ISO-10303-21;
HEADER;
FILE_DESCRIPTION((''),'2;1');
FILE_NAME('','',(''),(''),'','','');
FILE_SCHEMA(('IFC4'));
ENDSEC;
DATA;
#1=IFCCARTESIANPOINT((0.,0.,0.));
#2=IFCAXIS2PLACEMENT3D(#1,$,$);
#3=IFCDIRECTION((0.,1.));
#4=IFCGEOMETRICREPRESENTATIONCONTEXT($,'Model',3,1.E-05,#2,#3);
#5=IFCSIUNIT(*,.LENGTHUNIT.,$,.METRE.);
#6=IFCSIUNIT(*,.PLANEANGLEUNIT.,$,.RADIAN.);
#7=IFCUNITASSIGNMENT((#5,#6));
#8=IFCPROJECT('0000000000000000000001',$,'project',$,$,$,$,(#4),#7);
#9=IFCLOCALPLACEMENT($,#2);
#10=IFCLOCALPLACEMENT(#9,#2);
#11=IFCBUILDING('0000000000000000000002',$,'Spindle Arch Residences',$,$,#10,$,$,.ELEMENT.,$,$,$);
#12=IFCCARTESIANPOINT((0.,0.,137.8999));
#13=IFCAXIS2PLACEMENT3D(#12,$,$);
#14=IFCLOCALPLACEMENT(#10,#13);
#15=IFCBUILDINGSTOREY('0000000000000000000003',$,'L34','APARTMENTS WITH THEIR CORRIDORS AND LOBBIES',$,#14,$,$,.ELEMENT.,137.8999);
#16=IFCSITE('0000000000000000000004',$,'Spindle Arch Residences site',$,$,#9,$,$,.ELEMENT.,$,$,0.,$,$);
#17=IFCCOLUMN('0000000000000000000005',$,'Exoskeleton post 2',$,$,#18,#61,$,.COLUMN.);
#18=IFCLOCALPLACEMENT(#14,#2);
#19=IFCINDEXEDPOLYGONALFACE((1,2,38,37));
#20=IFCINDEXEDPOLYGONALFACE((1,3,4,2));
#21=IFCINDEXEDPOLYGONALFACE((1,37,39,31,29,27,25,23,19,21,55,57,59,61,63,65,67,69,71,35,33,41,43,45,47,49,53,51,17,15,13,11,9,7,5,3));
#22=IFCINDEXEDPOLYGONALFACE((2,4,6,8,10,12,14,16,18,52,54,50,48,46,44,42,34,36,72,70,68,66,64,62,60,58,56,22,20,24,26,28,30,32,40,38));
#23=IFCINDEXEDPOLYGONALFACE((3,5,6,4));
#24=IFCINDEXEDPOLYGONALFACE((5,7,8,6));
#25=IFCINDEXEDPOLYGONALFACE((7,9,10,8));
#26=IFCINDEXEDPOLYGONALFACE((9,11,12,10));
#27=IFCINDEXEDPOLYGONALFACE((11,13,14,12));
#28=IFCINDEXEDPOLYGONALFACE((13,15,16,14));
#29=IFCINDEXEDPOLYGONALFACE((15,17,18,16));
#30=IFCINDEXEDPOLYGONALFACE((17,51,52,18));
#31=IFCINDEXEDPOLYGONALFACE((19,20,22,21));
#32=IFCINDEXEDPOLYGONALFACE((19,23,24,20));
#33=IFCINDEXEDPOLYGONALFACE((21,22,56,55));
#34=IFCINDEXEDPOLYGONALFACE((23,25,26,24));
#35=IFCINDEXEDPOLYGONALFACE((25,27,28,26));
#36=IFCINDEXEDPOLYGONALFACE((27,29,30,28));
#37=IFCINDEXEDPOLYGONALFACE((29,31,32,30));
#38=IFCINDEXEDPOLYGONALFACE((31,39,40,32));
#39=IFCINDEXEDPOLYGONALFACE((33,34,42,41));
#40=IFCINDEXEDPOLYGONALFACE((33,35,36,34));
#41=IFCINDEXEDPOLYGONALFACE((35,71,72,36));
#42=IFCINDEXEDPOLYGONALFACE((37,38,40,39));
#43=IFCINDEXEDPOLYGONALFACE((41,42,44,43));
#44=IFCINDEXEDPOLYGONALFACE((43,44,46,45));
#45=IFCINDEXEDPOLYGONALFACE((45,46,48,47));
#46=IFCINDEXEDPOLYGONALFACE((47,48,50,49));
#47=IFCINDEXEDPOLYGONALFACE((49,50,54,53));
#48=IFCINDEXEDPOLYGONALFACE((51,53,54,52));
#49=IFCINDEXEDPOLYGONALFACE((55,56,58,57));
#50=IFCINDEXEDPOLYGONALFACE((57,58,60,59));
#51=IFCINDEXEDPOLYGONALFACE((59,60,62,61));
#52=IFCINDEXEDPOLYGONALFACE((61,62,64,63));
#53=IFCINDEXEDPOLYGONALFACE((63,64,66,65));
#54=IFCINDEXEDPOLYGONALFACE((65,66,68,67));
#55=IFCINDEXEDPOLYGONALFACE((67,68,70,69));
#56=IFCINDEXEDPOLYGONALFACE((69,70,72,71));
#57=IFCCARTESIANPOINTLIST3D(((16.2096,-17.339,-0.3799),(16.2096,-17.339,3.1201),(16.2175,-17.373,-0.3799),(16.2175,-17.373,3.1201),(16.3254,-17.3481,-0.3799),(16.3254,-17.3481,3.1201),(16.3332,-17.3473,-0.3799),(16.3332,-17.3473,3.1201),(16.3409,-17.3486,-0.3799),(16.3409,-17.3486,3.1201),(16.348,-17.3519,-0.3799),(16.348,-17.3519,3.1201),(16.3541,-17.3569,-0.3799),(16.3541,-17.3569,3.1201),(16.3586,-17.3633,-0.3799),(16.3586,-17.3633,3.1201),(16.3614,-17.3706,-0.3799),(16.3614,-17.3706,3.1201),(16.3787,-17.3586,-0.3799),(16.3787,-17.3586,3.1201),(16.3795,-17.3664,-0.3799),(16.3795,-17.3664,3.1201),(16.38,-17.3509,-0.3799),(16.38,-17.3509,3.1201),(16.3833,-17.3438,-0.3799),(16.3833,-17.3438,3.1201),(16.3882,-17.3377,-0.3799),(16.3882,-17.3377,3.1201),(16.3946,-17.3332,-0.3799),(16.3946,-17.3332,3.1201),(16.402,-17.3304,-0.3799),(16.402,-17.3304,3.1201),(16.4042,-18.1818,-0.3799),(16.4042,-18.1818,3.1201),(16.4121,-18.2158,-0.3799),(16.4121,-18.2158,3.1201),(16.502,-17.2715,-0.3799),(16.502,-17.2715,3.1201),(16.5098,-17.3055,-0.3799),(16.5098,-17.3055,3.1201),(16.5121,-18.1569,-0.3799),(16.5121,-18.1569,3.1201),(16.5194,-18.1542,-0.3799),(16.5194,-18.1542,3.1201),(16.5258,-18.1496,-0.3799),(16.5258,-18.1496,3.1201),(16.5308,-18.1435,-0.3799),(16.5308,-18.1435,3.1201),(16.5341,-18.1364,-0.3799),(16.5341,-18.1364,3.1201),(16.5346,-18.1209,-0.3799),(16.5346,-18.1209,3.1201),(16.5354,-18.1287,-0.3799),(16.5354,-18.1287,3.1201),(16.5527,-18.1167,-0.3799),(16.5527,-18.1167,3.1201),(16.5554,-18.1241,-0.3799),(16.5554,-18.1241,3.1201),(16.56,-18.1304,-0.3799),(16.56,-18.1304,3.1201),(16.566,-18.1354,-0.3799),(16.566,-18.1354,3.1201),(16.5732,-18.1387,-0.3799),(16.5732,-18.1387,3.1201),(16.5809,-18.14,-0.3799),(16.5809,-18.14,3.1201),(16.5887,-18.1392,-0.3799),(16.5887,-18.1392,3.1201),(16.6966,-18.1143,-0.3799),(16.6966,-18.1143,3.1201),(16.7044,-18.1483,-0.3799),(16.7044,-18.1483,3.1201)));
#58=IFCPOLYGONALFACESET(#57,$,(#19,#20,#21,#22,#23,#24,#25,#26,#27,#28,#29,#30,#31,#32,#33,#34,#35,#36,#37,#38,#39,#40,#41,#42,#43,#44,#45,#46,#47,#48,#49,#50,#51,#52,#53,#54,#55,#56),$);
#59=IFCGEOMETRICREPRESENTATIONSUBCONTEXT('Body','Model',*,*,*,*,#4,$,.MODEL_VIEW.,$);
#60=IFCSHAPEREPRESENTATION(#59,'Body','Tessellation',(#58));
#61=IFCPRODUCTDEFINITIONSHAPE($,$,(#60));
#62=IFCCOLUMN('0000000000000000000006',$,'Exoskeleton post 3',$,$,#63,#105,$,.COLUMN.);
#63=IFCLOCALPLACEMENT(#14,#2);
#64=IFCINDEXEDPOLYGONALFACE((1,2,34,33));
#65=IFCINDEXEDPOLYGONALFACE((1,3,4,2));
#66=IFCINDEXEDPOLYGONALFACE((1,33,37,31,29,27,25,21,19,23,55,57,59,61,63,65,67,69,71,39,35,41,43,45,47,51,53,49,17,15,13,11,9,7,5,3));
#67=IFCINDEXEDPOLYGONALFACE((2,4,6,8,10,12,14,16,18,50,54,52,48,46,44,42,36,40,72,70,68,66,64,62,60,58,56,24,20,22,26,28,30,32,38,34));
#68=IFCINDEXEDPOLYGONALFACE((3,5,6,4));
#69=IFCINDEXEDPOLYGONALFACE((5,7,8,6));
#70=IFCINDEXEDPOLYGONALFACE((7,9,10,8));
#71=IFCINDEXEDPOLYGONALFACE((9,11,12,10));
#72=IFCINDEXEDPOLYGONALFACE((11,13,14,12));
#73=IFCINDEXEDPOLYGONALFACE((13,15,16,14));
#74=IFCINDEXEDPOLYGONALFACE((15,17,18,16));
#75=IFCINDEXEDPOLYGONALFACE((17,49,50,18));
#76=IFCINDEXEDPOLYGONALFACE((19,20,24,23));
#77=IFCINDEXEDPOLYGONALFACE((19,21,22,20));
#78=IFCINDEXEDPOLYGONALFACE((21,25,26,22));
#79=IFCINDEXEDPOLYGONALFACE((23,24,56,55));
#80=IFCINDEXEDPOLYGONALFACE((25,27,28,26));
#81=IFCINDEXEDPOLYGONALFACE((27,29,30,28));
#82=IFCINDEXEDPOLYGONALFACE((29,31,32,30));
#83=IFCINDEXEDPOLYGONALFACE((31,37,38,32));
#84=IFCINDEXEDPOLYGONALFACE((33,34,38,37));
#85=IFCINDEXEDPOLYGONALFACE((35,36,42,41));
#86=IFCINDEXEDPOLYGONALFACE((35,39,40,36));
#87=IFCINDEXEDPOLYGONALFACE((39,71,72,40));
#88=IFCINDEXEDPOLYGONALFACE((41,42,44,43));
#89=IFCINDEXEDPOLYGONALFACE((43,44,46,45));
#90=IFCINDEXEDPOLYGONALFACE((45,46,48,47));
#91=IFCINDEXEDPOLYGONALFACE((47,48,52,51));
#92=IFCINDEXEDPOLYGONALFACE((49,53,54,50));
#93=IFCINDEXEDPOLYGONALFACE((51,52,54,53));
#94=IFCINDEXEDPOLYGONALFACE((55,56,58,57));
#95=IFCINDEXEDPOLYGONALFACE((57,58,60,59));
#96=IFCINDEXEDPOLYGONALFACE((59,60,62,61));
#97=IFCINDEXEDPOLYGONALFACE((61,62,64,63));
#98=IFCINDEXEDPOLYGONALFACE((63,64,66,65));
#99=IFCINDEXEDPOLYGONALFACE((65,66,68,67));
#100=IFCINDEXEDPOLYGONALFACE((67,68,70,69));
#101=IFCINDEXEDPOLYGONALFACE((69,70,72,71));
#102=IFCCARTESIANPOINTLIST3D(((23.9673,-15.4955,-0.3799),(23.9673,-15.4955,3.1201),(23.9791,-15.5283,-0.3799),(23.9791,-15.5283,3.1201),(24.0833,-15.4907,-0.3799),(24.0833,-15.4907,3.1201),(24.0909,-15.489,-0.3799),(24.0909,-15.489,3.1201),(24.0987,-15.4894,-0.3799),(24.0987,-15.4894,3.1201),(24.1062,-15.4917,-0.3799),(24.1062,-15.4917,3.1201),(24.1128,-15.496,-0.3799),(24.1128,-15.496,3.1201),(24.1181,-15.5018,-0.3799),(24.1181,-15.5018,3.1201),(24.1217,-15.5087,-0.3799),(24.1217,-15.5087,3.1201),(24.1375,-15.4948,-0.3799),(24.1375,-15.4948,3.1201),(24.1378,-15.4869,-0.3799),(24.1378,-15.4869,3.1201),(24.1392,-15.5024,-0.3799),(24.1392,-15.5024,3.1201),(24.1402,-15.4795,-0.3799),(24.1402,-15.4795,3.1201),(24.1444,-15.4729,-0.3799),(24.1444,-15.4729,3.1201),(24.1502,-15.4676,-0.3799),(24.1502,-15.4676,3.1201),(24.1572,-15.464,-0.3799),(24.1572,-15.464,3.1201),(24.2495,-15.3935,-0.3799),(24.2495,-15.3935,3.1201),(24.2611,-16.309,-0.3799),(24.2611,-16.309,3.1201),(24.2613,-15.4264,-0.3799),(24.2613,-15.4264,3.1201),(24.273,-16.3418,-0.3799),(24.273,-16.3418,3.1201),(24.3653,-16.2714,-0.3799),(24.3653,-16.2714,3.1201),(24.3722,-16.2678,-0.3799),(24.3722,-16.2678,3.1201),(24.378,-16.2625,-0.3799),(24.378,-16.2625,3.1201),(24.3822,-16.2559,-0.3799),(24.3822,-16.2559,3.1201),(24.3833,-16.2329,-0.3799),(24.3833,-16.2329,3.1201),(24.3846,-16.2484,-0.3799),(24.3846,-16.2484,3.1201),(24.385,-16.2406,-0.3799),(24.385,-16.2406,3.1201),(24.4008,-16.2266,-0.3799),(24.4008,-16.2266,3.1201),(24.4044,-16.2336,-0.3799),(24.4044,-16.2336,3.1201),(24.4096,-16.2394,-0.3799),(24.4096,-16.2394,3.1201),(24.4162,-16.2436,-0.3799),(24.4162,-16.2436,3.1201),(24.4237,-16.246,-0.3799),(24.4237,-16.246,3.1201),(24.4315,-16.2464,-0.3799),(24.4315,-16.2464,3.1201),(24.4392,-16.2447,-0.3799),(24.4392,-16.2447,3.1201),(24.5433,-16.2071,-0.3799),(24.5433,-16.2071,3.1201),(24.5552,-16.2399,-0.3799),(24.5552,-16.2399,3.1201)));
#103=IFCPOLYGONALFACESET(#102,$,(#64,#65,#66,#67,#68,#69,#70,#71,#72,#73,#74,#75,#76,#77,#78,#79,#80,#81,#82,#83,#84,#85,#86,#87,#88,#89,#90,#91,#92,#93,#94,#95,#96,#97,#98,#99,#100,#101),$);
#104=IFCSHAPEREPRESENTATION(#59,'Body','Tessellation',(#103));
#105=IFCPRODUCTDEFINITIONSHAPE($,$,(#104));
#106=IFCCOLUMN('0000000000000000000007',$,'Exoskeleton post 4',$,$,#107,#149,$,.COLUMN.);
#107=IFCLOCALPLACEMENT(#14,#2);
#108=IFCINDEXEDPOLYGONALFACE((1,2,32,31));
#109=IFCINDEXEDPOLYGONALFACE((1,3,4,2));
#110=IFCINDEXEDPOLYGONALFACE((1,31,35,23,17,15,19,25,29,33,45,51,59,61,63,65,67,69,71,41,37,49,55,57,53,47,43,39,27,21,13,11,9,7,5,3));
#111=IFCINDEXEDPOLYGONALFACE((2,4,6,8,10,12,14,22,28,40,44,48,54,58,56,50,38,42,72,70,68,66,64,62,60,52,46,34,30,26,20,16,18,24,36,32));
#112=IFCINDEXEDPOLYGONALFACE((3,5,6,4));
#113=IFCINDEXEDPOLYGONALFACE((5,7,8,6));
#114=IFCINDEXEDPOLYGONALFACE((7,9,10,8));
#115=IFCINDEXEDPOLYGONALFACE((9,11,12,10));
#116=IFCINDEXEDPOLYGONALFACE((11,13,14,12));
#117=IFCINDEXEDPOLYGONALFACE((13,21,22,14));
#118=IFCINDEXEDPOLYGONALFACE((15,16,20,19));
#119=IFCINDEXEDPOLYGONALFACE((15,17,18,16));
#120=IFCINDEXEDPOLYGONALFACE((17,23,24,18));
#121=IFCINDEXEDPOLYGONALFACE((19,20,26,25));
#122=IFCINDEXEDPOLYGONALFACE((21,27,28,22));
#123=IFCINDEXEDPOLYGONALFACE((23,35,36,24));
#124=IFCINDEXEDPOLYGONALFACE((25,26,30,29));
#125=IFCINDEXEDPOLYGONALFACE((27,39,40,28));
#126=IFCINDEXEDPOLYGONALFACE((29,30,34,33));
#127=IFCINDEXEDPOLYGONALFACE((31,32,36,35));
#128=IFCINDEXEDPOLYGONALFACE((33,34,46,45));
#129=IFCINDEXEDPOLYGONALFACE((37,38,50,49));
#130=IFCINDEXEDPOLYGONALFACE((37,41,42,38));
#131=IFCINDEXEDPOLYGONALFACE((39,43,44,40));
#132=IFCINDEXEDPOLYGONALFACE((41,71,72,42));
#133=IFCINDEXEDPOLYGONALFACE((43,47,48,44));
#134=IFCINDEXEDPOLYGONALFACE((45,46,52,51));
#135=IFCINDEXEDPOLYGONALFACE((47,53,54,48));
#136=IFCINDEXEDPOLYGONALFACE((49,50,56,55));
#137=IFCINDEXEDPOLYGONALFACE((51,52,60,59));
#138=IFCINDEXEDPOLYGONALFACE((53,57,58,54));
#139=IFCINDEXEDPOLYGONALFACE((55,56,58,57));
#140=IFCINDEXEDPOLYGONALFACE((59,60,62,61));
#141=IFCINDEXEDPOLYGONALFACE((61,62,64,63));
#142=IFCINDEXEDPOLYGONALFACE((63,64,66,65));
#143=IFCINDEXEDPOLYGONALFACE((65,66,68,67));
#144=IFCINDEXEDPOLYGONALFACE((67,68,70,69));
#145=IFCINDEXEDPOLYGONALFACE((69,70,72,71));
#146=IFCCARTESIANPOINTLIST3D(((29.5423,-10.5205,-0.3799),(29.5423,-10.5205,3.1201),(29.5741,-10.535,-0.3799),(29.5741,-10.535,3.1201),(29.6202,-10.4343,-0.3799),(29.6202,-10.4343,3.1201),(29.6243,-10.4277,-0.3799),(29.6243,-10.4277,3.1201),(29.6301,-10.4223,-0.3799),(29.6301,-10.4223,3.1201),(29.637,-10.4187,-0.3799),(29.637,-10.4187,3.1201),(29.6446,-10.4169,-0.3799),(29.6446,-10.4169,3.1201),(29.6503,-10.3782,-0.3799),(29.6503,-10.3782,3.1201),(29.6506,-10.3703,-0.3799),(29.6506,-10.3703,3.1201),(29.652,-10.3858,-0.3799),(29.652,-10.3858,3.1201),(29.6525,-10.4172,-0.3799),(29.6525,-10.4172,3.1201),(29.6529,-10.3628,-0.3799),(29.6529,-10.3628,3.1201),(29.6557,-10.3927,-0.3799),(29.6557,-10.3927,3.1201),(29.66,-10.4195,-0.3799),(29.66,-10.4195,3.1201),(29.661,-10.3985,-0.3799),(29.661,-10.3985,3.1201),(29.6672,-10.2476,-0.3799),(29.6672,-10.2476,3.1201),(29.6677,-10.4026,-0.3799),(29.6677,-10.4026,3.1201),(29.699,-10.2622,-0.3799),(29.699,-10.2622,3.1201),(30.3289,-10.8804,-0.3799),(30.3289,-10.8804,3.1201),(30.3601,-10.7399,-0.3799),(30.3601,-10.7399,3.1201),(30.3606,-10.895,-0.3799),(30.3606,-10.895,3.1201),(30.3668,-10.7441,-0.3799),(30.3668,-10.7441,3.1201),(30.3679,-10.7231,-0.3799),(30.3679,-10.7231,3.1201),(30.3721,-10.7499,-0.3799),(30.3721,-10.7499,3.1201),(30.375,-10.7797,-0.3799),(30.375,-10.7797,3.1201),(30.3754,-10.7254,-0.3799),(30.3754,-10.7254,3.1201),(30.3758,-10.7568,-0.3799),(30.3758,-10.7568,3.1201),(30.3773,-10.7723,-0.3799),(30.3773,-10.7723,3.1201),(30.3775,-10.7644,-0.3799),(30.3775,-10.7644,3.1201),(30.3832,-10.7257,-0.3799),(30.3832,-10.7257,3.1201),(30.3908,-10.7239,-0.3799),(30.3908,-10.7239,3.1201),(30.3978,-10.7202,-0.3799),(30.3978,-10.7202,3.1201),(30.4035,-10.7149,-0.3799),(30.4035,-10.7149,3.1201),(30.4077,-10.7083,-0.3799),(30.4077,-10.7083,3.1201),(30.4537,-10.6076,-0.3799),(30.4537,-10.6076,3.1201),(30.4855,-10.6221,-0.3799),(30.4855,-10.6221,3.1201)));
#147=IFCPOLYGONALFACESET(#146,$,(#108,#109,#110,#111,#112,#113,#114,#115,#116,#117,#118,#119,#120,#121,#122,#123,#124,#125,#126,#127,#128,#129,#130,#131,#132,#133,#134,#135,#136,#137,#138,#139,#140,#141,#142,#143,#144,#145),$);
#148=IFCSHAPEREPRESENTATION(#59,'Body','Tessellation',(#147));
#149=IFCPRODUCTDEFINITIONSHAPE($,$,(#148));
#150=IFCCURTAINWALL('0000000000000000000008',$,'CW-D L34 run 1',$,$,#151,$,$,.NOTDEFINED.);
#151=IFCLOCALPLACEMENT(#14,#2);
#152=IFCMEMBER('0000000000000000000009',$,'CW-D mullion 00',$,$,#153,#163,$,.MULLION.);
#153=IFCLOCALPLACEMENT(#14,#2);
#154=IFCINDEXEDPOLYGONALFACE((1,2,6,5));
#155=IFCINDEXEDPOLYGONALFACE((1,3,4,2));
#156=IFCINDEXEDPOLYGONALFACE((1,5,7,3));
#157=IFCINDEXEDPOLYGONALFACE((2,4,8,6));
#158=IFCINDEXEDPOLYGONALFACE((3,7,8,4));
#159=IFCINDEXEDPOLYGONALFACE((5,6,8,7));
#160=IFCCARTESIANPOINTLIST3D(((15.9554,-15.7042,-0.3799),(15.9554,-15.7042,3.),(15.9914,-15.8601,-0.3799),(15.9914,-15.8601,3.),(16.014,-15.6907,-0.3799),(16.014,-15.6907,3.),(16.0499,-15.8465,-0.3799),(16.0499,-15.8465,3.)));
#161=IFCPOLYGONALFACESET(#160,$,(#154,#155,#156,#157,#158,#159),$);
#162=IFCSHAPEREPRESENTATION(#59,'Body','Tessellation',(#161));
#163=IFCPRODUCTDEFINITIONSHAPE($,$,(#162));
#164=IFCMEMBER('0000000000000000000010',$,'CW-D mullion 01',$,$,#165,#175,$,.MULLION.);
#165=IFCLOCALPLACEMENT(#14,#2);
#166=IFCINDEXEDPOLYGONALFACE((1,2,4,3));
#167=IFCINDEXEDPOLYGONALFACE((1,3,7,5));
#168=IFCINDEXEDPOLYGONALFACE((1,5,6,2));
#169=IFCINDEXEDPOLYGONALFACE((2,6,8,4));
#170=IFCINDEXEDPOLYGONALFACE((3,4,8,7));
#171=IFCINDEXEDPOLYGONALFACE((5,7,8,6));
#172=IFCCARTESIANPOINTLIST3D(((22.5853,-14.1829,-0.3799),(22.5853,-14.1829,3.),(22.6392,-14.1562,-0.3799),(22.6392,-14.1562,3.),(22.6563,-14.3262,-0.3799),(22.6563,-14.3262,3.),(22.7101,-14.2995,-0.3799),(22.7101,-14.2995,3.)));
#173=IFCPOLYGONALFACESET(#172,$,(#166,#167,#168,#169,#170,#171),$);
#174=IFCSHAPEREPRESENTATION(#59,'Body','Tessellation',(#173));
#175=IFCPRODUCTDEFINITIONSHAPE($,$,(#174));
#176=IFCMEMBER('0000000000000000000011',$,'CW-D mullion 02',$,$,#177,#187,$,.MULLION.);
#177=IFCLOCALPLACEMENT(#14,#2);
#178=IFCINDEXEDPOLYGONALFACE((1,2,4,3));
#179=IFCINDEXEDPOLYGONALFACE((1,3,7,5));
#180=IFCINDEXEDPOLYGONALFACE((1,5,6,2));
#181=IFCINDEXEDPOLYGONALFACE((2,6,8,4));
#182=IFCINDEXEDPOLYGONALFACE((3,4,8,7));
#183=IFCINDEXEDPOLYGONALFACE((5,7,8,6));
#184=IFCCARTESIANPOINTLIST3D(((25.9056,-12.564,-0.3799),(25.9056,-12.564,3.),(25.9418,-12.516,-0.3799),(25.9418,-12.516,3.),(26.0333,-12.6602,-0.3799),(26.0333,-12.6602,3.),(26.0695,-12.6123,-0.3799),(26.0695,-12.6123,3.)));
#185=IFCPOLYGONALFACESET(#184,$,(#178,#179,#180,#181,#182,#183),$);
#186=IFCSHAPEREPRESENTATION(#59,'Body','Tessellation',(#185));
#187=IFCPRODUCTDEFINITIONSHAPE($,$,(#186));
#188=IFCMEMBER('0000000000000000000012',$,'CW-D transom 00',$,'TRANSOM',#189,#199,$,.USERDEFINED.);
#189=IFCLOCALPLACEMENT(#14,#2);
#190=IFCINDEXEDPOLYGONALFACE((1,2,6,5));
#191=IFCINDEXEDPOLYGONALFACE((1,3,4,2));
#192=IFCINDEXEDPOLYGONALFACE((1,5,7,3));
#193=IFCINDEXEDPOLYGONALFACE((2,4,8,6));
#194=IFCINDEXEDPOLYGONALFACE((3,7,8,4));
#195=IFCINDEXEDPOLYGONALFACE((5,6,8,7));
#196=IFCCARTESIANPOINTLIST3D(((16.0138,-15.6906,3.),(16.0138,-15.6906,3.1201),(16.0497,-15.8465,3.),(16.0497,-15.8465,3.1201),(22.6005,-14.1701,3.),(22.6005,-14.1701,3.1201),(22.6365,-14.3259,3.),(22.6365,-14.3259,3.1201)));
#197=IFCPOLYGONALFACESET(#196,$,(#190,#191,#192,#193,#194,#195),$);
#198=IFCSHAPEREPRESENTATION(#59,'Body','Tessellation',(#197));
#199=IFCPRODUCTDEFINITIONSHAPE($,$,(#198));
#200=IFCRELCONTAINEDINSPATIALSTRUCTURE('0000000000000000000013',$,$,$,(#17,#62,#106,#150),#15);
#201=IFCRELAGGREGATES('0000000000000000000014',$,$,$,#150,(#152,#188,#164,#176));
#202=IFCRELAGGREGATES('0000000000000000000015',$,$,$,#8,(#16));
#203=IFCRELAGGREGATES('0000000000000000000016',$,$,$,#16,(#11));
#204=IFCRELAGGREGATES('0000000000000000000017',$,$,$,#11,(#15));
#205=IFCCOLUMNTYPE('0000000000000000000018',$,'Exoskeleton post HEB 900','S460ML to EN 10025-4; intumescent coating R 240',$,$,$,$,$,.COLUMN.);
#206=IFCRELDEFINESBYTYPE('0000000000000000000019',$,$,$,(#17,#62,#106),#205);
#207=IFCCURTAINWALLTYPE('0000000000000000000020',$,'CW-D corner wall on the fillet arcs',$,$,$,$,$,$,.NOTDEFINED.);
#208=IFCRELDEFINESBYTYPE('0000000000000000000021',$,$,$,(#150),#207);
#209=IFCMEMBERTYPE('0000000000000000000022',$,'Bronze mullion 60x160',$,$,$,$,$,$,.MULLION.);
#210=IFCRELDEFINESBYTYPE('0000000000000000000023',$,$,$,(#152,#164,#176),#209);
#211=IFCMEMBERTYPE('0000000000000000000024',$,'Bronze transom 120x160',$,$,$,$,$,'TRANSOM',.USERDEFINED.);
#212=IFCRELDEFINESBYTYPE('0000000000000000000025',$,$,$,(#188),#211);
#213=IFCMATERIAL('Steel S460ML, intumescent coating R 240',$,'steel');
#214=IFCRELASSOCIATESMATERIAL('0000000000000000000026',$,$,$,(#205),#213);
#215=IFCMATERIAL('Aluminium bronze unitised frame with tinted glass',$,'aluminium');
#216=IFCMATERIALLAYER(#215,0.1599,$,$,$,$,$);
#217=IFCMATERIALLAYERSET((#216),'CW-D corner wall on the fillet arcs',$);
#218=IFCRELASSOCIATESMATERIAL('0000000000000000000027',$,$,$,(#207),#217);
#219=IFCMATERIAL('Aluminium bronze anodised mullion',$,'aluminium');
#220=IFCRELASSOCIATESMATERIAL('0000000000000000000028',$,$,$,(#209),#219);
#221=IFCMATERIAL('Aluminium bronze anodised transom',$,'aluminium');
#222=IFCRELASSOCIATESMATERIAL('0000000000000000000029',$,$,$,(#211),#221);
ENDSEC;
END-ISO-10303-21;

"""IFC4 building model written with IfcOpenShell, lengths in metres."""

from ifc_helpers import new_model, si_unit, direction, frame, origin, origin_2d, place, context, subcontext, project, spatial, rectangle, i_section, extrude, material, layer, layer_set, material_profile, profile_set, type_object, element, aggregate, save


model = new_model("IFC4")

# Units and contexts
model_context = context("Model", 3, precision=1e-05, world=origin(), true_north=direction((0.0, 1.0)))
body_context = subcontext(model_context, "Body", "Model", "MODEL_VIEW")
ifc_project = project(units=[si_unit("LENGTHUNIT", "METRE"), si_unit("PLANEANGLEUNIT", "RADIAN")], contexts=[model_context])

# Site, building, storey
site_placement = place(None, origin())
site = spatial("IfcSite", under=ifc_project, at=site_placement, Name="Spindle Arch Residences site", CompositionType="ELEMENT", RefElevation=0.0)
building_placement = place(site_placement, origin())
building = spatial("IfcBuilding", under=site, at=building_placement, Name="Spindle Arch Residences", CompositionType="ELEMENT")
storey_placement = place(building_placement, frame((0.0, 0.0, 137.8999)))
storey = spatial("IfcBuildingStorey", under=building, at=storey_placement, Name="L34", Description="APARTMENTS WITH THEIR CORRIDORS AND LOBBIES", CompositionType="ELEMENT", Elevation=137.8999)

# Columns
ifc_material_1 = material(Name="Steel S460ML, intumescent coating R 240", Category="steel")
ifc_material_profile_1 = material_profile(ifc_material_1, i_section(OverallWidth=0.3, OverallDepth=0.8999, WebThickness=0.0186, FlangeThickness=0.0349, FilletRadius=0.03, at=origin_2d()), Name="HEB 900")
ifc_profile_set_1 = profile_set([ifc_material_profile_1], Name="Steel S460ML, intumescent coating R 240")
column_type = type_object("IfcColumnType", Name="Exoskeleton post HEB 900", Description="S460ML to EN 10025-4; intumescent coating R 240", PredefinedType="COLUMN", material=ifc_profile_set_1)
for number, where, z_axis, x_axis, name in (
    (1, (16.457, -17.7437, -0.3799), (0.0, 0.0, 1.0), (-0.97437, -0.224951, 0.0), "Exoskeleton post 2"),
    (2, (24.2612, -15.8677, -0.3799), (0.0, 0.0, 1.0), (-0.940523, -0.339729, 0.0), "Exoskeleton post 3"),
    (3, (30.0139, -10.5713, -0.3799), (0.0, 0.0, 1.0), (-0.416144, -0.909299, 0.0), "Exoskeleton post 4"),
):
    element("IfcColumn", number, at=place(storey_placement, frame(where, z_axis=z_axis, x_axis=x_axis)), inside=storey, type_object=column_type, Name=name, PredefinedType="COLUMN", context=body_context, shape_type="SweptSolid", body=[
        extrude(i_section(OverallWidth=0.3, OverallDepth=0.8999, WebThickness=0.0186, FlangeThickness=0.0349, FilletRadius=0.03, at=origin_2d()), origin(), (0.0, 0.0, 1.0), 3.5),
    ])

# Curtain wall, members
ifc_material_2 = material(Name="Aluminium bronze unitised frame with tinted glass", Category="aluminium")
ifc_layer_1 = layer(ifc_material_2, 0.1599)
ifc_layer_set_1 = layer_set([ifc_layer_1], Name="CW-D corner wall on the fillet arcs")
curtain_wall_type = type_object("IfcCurtainWallType", Name="CW-D corner wall on the fillet arcs", PredefinedType="NOTDEFINED", material=ifc_layer_set_1)
curtain_wall_placement = place(storey_placement, origin())
curtain_wall = element("IfcCurtainWall", 4, at=curtain_wall_placement, inside=storey, type_object=curtain_wall_type, Name="CW-D L34 run 1", PredefinedType="NOTDEFINED")
ifc_material_3 = material(Name="Aluminium bronze anodised mullion", Category="aluminium")
ifc_material_profile_2 = material_profile(ifc_material_3, rectangle(XDim=0.1599, YDim=0.0601, at=origin_2d()), Name="MU 60x160")
ifc_profile_set_2 = profile_set([ifc_material_profile_2], Name="Aluminium bronze anodised mullion")
member_type_1 = type_object("IfcMemberType", Name="Bronze mullion 60x160", PredefinedType="MULLION", material=ifc_profile_set_2)
member_1_placement = place(storey_placement, frame((16.0027, -15.7754, -0.3799), z_axis=(0.0, 0.0, 1.0), x_axis=(-0.224951, 0.97437, 0.0)))
member_1 = element("IfcMember", 5, at=member_1_placement, type_object=member_type_1, Name="CW-D mullion 00", PredefinedType="MULLION", context=body_context, shape_type="SweptSolid", body=[
    extrude(rectangle(XDim=0.1599, YDim=0.0601, at=origin_2d()), origin(), (0.0, 0.0, 1.0), 3.3799),
])
member_2_placement = place(storey_placement, frame((22.6477, -14.2412, -0.3799), z_axis=(0.0, 0.0, 1.0), x_axis=(-0.443593, 0.896229, 0.0)))
member_2 = element("IfcMember", 6, at=member_2_placement, type_object=member_type_1, Name="CW-D mullion 01", PredefinedType="MULLION", context=body_context, shape_type="SweptSolid", body=[
    extrude(rectangle(XDim=0.1599, YDim=0.0601, at=origin_2d()), origin(), (0.0, 0.0, 1.0), 3.3799),
])
member_3_placement = place(storey_placement, frame((25.9875, -12.5881, -0.3799), z_axis=(0.0, 0.0, 1.0), x_axis=(-0.798636, 0.601815, 0.0)))
member_3 = element("IfcMember", 7, at=member_3_placement, type_object=member_type_1, Name="CW-D mullion 02", PredefinedType="MULLION", context=body_context, shape_type="SweptSolid", body=[
    extrude(rectangle(XDim=0.1599, YDim=0.0601, at=origin_2d()), origin(), (0.0, 0.0, 1.0), 3.3799),
])
ifc_material_4 = material(Name="Aluminium bronze anodised transom", Category="aluminium")
ifc_material_profile_3 = material_profile(ifc_material_4, rectangle(XDim=0.1599, YDim=0.1201, at=origin_2d()), Name="TR 120x160")
ifc_profile_set_3 = profile_set([ifc_material_profile_3], Name="Aluminium bronze anodised transom")
member_type_2 = type_object("IfcMemberType", Name="Bronze transom 120x160", ElementType="TRANSOM", PredefinedType="USERDEFINED", material=ifc_profile_set_3)
member_4_placement = place(storey_placement, frame((16.0317, -15.7686, 3.0601), z_axis=(0.974375, 0.224931, 0.0), x_axis=(-0.224931, 0.974375, 0.0)))
member_4 = element("IfcMember", 8, at=member_4_placement, type_object=member_type_2, Name="CW-D transom 00", ObjectType="TRANSOM", PredefinedType="USERDEFINED", context=body_context, shape_type="SweptSolid", body=[
    extrude(rectangle(XDim=0.1599, YDim=0.1201, at=origin_2d()), origin(), (0.0, 0.0, 1.0), 6.76),
])

aggregate(curtain_wall, [member_1, member_4, member_2, member_3])

save(model, "model.ifc")
